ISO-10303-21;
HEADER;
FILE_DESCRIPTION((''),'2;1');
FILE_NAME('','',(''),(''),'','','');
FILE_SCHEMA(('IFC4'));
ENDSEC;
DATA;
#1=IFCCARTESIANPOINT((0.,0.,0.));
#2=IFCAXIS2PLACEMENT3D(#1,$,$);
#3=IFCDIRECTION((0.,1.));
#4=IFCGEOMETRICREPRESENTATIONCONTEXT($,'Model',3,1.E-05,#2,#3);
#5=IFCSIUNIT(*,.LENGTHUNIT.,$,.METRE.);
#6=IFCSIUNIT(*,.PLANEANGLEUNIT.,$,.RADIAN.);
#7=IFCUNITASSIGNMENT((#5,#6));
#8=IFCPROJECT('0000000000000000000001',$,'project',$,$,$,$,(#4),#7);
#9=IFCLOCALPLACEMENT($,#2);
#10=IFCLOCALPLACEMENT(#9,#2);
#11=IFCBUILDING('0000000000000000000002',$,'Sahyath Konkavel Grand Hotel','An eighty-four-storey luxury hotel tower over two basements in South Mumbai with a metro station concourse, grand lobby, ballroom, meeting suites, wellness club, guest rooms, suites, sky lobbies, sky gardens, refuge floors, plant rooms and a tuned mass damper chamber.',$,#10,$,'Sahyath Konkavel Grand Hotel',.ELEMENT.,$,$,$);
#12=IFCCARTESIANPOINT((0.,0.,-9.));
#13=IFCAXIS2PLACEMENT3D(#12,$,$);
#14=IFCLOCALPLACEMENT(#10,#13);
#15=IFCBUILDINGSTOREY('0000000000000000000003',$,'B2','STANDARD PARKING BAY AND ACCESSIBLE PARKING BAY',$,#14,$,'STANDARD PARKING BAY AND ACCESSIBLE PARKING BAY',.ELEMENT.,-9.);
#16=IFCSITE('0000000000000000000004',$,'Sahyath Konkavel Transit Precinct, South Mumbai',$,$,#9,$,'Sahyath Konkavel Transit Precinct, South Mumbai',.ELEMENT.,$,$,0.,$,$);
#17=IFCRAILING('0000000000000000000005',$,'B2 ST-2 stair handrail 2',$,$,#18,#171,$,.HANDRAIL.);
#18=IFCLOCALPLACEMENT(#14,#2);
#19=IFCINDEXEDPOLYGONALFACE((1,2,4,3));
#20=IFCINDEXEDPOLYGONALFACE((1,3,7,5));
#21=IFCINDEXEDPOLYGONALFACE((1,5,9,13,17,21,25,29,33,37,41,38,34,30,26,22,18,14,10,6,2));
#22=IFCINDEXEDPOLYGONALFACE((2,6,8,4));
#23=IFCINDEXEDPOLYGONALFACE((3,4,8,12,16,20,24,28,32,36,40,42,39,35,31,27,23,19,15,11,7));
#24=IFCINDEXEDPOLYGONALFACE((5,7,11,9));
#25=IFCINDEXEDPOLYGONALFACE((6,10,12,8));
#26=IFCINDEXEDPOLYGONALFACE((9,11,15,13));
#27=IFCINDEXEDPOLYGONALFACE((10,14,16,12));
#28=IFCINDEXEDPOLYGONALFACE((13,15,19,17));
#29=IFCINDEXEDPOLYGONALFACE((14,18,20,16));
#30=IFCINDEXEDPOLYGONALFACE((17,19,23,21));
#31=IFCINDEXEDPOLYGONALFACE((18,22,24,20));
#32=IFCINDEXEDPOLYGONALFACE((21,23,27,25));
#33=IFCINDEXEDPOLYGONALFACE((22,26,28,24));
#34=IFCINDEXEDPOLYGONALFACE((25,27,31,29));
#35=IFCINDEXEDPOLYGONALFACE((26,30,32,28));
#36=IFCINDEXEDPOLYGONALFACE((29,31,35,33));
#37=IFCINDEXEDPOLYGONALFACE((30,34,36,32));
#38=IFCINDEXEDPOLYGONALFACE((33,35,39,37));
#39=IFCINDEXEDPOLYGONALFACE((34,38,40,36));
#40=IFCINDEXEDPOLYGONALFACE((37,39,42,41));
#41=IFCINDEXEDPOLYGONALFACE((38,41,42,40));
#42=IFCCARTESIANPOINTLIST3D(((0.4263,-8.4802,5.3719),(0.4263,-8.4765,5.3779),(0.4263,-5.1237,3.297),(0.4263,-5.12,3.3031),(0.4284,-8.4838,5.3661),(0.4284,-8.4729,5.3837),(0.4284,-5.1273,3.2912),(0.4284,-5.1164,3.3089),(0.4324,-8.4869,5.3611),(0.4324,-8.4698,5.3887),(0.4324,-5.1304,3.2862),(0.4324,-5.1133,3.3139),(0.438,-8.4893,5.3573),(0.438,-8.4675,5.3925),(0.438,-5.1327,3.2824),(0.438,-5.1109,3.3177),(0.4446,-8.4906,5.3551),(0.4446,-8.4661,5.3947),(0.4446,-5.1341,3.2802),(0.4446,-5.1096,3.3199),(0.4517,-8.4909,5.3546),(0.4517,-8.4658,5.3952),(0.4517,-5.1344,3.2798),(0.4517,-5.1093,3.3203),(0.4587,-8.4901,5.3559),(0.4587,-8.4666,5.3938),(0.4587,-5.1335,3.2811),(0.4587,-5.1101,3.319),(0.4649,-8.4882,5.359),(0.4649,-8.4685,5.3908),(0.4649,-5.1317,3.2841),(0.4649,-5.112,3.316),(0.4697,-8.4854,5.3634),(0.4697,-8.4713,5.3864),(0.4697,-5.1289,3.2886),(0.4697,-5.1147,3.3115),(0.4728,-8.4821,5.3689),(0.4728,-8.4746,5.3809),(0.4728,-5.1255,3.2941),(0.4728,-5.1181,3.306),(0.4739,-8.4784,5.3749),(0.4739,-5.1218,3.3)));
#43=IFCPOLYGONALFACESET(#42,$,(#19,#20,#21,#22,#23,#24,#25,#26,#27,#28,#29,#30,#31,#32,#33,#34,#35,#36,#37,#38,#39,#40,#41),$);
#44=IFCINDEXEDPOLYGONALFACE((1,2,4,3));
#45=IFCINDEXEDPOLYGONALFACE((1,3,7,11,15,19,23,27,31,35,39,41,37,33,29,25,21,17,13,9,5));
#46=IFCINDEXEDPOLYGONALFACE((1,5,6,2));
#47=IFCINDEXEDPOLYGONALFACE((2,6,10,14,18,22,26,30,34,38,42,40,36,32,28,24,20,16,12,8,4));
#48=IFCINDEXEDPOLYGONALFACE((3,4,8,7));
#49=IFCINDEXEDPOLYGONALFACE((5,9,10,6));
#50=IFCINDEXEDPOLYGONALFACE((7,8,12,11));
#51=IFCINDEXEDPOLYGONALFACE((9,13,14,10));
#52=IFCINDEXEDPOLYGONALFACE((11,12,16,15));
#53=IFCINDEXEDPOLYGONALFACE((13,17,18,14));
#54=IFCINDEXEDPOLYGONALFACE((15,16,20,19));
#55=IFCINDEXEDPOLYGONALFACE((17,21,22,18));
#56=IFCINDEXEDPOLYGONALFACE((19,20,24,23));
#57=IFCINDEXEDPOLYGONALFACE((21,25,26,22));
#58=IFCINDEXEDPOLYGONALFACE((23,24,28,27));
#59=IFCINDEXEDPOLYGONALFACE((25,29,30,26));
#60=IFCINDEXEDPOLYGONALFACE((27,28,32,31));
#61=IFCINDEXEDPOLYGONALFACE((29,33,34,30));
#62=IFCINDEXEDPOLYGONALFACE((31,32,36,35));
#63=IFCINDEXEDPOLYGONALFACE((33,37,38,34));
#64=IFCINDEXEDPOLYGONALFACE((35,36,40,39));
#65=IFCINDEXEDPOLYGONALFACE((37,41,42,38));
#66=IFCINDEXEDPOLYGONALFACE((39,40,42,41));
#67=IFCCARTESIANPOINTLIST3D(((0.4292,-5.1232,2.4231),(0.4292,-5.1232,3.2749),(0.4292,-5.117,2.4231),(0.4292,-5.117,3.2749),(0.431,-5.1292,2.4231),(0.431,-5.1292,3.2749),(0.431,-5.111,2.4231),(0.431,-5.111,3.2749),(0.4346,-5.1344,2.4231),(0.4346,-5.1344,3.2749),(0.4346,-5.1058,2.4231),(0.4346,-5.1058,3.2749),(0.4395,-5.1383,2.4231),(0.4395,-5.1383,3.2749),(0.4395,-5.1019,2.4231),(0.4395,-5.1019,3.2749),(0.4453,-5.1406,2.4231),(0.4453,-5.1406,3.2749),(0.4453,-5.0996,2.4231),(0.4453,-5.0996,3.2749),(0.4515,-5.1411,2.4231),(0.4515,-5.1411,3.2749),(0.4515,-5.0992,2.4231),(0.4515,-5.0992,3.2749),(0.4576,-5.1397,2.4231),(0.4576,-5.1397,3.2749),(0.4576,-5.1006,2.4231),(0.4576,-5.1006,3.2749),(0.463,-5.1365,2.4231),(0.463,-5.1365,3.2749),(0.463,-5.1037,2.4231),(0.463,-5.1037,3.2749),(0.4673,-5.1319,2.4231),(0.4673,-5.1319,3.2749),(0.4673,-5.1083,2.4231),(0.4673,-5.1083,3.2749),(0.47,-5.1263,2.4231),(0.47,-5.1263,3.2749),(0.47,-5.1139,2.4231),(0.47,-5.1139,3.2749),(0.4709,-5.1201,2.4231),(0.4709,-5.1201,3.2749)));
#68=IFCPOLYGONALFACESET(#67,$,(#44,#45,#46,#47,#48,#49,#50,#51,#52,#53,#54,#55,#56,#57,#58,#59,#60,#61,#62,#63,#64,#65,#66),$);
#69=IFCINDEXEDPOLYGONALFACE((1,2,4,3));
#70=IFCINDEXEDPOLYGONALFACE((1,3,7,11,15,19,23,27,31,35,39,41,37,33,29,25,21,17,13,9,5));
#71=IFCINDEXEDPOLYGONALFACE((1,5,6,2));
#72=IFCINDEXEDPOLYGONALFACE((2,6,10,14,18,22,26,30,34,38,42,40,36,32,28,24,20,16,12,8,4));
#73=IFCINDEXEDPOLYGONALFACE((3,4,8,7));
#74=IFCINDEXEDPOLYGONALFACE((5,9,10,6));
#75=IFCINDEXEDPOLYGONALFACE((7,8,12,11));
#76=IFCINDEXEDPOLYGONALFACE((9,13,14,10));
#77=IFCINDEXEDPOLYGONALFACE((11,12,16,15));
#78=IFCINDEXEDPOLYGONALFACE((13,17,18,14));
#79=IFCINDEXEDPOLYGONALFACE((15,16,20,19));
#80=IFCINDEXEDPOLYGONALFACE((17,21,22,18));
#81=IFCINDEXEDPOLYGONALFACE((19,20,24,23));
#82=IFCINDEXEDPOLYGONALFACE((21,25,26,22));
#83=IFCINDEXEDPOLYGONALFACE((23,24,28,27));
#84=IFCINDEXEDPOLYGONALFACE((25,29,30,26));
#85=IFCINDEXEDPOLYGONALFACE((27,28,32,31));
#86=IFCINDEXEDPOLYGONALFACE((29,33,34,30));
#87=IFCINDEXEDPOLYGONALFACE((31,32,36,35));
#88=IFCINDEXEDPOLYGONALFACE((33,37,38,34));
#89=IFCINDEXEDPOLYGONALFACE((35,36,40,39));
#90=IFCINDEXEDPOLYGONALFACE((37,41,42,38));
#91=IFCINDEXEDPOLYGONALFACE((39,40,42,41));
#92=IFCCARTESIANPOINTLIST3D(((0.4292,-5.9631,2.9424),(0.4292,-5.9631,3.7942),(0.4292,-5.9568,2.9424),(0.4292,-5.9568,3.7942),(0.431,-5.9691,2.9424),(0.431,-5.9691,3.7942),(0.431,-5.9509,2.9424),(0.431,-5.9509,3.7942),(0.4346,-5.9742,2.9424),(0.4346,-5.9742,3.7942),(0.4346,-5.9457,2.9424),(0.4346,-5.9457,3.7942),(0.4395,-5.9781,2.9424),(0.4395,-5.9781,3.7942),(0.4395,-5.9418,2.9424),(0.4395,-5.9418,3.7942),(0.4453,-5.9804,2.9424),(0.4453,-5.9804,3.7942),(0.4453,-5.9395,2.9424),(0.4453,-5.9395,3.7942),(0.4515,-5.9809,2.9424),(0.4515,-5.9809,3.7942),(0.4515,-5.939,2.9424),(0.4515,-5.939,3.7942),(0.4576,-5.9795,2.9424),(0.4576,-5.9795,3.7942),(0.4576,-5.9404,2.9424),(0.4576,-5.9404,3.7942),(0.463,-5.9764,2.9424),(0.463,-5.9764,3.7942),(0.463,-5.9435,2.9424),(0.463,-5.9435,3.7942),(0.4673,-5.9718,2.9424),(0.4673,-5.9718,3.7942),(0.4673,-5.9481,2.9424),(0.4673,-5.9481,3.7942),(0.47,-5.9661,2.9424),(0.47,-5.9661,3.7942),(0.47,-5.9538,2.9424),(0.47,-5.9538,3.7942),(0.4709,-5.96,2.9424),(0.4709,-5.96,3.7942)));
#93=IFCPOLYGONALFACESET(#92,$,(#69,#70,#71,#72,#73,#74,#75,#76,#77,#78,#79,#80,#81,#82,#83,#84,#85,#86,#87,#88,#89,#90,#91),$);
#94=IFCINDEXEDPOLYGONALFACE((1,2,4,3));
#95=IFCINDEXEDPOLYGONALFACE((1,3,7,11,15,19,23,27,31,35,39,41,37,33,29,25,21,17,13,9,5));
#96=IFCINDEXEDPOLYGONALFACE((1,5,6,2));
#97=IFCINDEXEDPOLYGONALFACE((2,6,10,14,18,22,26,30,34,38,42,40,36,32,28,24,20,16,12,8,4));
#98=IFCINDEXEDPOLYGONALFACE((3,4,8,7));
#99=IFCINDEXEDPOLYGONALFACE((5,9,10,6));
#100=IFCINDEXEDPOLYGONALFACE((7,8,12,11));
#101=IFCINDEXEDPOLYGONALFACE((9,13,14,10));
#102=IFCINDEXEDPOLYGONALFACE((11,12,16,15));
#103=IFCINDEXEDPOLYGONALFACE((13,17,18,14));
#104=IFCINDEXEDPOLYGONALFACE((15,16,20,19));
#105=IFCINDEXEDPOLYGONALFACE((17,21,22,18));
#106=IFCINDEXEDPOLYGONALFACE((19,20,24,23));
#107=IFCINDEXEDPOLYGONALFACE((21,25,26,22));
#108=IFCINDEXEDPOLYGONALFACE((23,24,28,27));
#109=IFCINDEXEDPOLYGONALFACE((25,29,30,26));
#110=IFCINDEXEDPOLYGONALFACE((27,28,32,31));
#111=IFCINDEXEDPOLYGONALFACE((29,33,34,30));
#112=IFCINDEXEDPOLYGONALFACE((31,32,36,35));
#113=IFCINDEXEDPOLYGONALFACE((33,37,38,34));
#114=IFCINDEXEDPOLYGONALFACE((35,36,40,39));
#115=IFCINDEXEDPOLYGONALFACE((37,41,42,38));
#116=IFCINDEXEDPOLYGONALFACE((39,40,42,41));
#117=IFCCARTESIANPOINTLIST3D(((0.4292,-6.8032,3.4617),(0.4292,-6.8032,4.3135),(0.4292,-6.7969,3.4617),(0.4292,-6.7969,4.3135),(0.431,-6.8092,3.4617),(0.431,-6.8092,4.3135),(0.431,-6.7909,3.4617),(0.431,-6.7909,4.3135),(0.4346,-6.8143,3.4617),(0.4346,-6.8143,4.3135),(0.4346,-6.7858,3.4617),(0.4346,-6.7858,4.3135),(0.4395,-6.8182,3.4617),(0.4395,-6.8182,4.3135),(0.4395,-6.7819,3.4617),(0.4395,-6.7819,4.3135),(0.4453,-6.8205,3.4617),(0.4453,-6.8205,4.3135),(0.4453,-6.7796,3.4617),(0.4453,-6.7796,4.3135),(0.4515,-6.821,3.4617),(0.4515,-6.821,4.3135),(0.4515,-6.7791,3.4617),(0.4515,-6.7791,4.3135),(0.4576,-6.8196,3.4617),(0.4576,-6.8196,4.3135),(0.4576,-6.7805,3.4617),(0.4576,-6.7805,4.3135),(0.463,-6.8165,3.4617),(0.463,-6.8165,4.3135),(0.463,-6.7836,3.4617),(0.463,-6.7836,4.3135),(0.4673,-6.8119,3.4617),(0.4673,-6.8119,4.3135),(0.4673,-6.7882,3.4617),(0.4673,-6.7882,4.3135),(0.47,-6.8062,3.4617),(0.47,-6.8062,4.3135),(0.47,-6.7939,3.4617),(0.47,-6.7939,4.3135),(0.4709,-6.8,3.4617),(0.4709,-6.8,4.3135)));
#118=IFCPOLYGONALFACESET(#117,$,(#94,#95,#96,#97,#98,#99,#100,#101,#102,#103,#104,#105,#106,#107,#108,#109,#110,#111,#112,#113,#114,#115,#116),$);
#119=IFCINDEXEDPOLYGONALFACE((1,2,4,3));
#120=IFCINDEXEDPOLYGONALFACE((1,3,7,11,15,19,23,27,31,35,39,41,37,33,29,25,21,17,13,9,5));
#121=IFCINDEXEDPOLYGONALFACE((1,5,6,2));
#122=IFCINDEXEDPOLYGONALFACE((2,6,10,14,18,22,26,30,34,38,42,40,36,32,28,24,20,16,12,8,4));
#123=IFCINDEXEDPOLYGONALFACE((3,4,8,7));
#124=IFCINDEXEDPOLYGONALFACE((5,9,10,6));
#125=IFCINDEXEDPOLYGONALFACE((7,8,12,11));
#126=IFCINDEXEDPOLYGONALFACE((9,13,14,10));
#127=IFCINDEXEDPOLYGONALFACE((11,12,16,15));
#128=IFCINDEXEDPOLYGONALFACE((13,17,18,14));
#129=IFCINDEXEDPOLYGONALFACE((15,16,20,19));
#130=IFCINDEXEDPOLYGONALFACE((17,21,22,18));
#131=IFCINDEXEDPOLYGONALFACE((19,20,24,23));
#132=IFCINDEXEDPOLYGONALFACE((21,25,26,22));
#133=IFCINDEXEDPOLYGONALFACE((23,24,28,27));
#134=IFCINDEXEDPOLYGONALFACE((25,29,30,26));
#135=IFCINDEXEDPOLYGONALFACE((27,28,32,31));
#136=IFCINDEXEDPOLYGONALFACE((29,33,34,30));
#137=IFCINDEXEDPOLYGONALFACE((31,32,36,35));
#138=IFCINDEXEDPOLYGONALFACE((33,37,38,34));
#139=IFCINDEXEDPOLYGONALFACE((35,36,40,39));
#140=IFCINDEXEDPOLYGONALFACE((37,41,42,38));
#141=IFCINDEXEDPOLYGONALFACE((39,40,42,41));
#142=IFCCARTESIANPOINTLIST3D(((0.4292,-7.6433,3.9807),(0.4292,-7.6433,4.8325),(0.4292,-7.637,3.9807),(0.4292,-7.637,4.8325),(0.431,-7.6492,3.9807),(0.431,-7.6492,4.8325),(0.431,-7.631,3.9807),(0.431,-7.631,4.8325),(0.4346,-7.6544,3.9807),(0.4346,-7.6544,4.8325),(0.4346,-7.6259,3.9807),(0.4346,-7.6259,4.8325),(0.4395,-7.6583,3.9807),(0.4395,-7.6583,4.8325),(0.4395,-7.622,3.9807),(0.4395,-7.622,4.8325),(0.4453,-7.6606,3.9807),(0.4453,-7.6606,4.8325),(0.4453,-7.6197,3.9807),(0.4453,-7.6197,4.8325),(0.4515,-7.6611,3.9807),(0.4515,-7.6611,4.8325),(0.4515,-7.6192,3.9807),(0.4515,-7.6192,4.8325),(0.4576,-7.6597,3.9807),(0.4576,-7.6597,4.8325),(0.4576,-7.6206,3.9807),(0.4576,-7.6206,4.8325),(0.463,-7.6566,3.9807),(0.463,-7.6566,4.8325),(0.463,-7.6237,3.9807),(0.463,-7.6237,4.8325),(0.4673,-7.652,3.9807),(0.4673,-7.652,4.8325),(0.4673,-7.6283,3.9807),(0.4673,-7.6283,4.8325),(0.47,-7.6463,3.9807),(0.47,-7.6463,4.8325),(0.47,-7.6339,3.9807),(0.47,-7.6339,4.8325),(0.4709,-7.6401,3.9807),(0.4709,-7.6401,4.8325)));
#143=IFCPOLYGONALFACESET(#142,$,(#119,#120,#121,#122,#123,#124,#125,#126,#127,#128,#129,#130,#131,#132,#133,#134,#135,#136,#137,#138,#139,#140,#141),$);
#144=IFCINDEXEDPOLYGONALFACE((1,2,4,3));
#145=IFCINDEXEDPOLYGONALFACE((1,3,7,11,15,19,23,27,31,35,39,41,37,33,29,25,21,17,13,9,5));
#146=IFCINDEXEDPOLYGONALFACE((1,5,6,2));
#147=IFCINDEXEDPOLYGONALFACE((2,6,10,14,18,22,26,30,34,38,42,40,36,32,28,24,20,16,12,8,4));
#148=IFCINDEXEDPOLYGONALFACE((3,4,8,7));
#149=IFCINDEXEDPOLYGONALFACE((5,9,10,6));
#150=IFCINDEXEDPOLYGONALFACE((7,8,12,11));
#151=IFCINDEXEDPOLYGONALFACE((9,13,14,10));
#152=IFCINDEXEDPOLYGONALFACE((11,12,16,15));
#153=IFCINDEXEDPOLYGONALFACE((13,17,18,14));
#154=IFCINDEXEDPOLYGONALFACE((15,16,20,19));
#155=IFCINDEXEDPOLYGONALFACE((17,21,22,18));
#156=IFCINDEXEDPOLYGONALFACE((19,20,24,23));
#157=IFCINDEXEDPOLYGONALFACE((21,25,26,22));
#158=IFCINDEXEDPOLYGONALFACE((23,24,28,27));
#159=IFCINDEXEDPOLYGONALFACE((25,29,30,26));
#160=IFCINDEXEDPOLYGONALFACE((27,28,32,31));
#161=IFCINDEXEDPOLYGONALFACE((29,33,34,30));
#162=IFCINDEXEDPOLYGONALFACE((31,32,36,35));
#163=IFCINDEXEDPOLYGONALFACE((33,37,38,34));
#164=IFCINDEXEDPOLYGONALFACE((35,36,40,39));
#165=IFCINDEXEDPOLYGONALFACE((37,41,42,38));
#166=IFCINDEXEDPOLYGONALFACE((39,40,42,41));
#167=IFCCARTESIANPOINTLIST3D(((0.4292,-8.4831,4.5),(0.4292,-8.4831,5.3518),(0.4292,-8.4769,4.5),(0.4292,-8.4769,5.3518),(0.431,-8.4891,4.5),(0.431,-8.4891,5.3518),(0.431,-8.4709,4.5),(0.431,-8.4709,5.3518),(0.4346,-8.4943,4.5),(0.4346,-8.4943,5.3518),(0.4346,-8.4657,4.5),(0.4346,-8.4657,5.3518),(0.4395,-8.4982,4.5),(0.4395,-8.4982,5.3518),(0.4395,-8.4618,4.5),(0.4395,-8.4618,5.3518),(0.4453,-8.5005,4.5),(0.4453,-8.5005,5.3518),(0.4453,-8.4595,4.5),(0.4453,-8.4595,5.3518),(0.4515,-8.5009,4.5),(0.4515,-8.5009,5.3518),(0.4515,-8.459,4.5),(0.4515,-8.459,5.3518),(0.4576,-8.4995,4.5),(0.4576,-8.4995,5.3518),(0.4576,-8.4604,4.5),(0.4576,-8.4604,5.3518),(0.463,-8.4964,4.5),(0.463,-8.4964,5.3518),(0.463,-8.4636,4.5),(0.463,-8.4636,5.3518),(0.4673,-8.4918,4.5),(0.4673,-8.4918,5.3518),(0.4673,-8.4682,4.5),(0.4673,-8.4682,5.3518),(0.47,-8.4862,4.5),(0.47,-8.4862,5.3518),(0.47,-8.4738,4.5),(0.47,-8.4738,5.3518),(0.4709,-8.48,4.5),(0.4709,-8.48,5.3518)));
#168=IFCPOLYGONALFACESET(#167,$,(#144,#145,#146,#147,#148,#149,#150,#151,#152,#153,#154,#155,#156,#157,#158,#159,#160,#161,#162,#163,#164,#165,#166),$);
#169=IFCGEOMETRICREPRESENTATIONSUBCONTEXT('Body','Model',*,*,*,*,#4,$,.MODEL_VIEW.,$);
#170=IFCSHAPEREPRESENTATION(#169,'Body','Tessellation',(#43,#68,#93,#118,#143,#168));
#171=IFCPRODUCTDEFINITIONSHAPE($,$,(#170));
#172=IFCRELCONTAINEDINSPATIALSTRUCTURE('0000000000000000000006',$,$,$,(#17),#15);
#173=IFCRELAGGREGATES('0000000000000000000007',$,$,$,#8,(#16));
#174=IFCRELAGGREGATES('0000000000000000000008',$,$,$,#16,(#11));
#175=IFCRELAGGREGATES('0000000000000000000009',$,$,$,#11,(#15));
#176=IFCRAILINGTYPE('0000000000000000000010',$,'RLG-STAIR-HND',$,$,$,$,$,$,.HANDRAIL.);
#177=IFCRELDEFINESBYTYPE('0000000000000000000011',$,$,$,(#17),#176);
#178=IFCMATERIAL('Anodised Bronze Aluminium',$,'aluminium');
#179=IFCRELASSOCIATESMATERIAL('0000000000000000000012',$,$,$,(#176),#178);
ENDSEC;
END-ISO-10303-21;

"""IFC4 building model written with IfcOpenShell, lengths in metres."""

from ifc_helpers import new_model, si_unit, direction, frame, origin, origin_2d, place, context, subcontext, project, spatial, circle, extrude, material, type_object, element, save


model = new_model("IFC4")

# Units and contexts
model_context = context("Model", 3, precision=1e-05, world=origin(), true_north=direction((0.0, 1.0)))
body_context = subcontext(model_context, "Body", "Model", "MODEL_VIEW")
ifc_project = project(units=[si_unit("LENGTHUNIT", "METRE"), si_unit("PLANEANGLEUNIT", "RADIAN")], contexts=[model_context])

# Site, building, storey
site_placement = place(None, origin())
site = spatial("IfcSite", under=ifc_project, at=site_placement, Name="Sahyath Konkavel Transit Precinct, South Mumbai", LongName="Sahyath Konkavel Transit Precinct, South Mumbai", CompositionType="ELEMENT", RefElevation=0.0)
building_placement = place(site_placement, origin())
building = spatial("IfcBuilding", under=site, at=building_placement, Name="Sahyath Konkavel Grand Hotel", Description="An eighty-four-storey luxury hotel tower over two basements in South Mumbai with a metro station concourse, grand lobby, ballroom, meeting suites, wellness club, guest rooms, suites, sky lobbies, sky gardens, refuge floors, plant rooms and a tuned mass damper chamber.", LongName="Sahyath Konkavel Grand Hotel", CompositionType="ELEMENT")
storey_placement = place(building_placement, frame((0.0, 0.0, -9.0)))
storey = spatial("IfcBuildingStorey", under=building, at=storey_placement, Name="B2", Description="STANDARD PARKING BAY AND ACCESSIBLE PARKING BAY", LongName="STANDARD PARKING BAY AND ACCESSIBLE PARKING BAY", CompositionType="ELEMENT", Elevation=-9.0)

# Railing
ifc_material_1 = material(Name="Anodised Bronze Aluminium", Category="aluminium")
railing_type_1 = type_object("IfcRailingType", Name="RLG-STAIR-HND", PredefinedType="HANDRAIL", material=ifc_material_1)
railing_1_placement = place(storey_placement, frame((0.45, -5.1201, 2.4231)))
element("IfcRailing", 1, at=railing_1_placement, inside=storey, type_object=railing_type_1, Name="B2 ST-2 stair handrail 2", PredefinedType="HANDRAIL", context=body_context, shape_type="SweptSolid", body=[
    extrude(circle(Radius=0.0239, at=origin_2d()), frame((0.0, -0.0017, 0.877), z_axis=(0.0, -0.850606, 0.525803), x_axis=(1.0, 0.0, 0.0)), (0.0, 0.0, 1.0), 3.946),
    extrude(circle(Radius=0.021, at=origin_2d()), origin(), (0.0, 0.0, 1.0), 0.8518),
    extrude(circle(Radius=0.021, at=origin_2d()), frame((0.0, -0.8398, 0.5193)), (0.0, 0.0, 1.0), 0.8518),
    extrude(circle(Radius=0.021, at=origin_2d()), frame((0.0, -1.6799, 1.0386)), (0.0, 0.0, 1.0), 0.8518),
    extrude(circle(Radius=0.021, at=origin_2d()), frame((0.0, -2.52, 1.5576)), (0.0, 0.0, 1.0), 0.8518),
    extrude(circle(Radius=0.021, at=origin_2d()), frame((0.0, -3.3599, 2.0769)), (0.0, 0.0, 1.0), 0.8518),
])

save(model, "model.ifc")
